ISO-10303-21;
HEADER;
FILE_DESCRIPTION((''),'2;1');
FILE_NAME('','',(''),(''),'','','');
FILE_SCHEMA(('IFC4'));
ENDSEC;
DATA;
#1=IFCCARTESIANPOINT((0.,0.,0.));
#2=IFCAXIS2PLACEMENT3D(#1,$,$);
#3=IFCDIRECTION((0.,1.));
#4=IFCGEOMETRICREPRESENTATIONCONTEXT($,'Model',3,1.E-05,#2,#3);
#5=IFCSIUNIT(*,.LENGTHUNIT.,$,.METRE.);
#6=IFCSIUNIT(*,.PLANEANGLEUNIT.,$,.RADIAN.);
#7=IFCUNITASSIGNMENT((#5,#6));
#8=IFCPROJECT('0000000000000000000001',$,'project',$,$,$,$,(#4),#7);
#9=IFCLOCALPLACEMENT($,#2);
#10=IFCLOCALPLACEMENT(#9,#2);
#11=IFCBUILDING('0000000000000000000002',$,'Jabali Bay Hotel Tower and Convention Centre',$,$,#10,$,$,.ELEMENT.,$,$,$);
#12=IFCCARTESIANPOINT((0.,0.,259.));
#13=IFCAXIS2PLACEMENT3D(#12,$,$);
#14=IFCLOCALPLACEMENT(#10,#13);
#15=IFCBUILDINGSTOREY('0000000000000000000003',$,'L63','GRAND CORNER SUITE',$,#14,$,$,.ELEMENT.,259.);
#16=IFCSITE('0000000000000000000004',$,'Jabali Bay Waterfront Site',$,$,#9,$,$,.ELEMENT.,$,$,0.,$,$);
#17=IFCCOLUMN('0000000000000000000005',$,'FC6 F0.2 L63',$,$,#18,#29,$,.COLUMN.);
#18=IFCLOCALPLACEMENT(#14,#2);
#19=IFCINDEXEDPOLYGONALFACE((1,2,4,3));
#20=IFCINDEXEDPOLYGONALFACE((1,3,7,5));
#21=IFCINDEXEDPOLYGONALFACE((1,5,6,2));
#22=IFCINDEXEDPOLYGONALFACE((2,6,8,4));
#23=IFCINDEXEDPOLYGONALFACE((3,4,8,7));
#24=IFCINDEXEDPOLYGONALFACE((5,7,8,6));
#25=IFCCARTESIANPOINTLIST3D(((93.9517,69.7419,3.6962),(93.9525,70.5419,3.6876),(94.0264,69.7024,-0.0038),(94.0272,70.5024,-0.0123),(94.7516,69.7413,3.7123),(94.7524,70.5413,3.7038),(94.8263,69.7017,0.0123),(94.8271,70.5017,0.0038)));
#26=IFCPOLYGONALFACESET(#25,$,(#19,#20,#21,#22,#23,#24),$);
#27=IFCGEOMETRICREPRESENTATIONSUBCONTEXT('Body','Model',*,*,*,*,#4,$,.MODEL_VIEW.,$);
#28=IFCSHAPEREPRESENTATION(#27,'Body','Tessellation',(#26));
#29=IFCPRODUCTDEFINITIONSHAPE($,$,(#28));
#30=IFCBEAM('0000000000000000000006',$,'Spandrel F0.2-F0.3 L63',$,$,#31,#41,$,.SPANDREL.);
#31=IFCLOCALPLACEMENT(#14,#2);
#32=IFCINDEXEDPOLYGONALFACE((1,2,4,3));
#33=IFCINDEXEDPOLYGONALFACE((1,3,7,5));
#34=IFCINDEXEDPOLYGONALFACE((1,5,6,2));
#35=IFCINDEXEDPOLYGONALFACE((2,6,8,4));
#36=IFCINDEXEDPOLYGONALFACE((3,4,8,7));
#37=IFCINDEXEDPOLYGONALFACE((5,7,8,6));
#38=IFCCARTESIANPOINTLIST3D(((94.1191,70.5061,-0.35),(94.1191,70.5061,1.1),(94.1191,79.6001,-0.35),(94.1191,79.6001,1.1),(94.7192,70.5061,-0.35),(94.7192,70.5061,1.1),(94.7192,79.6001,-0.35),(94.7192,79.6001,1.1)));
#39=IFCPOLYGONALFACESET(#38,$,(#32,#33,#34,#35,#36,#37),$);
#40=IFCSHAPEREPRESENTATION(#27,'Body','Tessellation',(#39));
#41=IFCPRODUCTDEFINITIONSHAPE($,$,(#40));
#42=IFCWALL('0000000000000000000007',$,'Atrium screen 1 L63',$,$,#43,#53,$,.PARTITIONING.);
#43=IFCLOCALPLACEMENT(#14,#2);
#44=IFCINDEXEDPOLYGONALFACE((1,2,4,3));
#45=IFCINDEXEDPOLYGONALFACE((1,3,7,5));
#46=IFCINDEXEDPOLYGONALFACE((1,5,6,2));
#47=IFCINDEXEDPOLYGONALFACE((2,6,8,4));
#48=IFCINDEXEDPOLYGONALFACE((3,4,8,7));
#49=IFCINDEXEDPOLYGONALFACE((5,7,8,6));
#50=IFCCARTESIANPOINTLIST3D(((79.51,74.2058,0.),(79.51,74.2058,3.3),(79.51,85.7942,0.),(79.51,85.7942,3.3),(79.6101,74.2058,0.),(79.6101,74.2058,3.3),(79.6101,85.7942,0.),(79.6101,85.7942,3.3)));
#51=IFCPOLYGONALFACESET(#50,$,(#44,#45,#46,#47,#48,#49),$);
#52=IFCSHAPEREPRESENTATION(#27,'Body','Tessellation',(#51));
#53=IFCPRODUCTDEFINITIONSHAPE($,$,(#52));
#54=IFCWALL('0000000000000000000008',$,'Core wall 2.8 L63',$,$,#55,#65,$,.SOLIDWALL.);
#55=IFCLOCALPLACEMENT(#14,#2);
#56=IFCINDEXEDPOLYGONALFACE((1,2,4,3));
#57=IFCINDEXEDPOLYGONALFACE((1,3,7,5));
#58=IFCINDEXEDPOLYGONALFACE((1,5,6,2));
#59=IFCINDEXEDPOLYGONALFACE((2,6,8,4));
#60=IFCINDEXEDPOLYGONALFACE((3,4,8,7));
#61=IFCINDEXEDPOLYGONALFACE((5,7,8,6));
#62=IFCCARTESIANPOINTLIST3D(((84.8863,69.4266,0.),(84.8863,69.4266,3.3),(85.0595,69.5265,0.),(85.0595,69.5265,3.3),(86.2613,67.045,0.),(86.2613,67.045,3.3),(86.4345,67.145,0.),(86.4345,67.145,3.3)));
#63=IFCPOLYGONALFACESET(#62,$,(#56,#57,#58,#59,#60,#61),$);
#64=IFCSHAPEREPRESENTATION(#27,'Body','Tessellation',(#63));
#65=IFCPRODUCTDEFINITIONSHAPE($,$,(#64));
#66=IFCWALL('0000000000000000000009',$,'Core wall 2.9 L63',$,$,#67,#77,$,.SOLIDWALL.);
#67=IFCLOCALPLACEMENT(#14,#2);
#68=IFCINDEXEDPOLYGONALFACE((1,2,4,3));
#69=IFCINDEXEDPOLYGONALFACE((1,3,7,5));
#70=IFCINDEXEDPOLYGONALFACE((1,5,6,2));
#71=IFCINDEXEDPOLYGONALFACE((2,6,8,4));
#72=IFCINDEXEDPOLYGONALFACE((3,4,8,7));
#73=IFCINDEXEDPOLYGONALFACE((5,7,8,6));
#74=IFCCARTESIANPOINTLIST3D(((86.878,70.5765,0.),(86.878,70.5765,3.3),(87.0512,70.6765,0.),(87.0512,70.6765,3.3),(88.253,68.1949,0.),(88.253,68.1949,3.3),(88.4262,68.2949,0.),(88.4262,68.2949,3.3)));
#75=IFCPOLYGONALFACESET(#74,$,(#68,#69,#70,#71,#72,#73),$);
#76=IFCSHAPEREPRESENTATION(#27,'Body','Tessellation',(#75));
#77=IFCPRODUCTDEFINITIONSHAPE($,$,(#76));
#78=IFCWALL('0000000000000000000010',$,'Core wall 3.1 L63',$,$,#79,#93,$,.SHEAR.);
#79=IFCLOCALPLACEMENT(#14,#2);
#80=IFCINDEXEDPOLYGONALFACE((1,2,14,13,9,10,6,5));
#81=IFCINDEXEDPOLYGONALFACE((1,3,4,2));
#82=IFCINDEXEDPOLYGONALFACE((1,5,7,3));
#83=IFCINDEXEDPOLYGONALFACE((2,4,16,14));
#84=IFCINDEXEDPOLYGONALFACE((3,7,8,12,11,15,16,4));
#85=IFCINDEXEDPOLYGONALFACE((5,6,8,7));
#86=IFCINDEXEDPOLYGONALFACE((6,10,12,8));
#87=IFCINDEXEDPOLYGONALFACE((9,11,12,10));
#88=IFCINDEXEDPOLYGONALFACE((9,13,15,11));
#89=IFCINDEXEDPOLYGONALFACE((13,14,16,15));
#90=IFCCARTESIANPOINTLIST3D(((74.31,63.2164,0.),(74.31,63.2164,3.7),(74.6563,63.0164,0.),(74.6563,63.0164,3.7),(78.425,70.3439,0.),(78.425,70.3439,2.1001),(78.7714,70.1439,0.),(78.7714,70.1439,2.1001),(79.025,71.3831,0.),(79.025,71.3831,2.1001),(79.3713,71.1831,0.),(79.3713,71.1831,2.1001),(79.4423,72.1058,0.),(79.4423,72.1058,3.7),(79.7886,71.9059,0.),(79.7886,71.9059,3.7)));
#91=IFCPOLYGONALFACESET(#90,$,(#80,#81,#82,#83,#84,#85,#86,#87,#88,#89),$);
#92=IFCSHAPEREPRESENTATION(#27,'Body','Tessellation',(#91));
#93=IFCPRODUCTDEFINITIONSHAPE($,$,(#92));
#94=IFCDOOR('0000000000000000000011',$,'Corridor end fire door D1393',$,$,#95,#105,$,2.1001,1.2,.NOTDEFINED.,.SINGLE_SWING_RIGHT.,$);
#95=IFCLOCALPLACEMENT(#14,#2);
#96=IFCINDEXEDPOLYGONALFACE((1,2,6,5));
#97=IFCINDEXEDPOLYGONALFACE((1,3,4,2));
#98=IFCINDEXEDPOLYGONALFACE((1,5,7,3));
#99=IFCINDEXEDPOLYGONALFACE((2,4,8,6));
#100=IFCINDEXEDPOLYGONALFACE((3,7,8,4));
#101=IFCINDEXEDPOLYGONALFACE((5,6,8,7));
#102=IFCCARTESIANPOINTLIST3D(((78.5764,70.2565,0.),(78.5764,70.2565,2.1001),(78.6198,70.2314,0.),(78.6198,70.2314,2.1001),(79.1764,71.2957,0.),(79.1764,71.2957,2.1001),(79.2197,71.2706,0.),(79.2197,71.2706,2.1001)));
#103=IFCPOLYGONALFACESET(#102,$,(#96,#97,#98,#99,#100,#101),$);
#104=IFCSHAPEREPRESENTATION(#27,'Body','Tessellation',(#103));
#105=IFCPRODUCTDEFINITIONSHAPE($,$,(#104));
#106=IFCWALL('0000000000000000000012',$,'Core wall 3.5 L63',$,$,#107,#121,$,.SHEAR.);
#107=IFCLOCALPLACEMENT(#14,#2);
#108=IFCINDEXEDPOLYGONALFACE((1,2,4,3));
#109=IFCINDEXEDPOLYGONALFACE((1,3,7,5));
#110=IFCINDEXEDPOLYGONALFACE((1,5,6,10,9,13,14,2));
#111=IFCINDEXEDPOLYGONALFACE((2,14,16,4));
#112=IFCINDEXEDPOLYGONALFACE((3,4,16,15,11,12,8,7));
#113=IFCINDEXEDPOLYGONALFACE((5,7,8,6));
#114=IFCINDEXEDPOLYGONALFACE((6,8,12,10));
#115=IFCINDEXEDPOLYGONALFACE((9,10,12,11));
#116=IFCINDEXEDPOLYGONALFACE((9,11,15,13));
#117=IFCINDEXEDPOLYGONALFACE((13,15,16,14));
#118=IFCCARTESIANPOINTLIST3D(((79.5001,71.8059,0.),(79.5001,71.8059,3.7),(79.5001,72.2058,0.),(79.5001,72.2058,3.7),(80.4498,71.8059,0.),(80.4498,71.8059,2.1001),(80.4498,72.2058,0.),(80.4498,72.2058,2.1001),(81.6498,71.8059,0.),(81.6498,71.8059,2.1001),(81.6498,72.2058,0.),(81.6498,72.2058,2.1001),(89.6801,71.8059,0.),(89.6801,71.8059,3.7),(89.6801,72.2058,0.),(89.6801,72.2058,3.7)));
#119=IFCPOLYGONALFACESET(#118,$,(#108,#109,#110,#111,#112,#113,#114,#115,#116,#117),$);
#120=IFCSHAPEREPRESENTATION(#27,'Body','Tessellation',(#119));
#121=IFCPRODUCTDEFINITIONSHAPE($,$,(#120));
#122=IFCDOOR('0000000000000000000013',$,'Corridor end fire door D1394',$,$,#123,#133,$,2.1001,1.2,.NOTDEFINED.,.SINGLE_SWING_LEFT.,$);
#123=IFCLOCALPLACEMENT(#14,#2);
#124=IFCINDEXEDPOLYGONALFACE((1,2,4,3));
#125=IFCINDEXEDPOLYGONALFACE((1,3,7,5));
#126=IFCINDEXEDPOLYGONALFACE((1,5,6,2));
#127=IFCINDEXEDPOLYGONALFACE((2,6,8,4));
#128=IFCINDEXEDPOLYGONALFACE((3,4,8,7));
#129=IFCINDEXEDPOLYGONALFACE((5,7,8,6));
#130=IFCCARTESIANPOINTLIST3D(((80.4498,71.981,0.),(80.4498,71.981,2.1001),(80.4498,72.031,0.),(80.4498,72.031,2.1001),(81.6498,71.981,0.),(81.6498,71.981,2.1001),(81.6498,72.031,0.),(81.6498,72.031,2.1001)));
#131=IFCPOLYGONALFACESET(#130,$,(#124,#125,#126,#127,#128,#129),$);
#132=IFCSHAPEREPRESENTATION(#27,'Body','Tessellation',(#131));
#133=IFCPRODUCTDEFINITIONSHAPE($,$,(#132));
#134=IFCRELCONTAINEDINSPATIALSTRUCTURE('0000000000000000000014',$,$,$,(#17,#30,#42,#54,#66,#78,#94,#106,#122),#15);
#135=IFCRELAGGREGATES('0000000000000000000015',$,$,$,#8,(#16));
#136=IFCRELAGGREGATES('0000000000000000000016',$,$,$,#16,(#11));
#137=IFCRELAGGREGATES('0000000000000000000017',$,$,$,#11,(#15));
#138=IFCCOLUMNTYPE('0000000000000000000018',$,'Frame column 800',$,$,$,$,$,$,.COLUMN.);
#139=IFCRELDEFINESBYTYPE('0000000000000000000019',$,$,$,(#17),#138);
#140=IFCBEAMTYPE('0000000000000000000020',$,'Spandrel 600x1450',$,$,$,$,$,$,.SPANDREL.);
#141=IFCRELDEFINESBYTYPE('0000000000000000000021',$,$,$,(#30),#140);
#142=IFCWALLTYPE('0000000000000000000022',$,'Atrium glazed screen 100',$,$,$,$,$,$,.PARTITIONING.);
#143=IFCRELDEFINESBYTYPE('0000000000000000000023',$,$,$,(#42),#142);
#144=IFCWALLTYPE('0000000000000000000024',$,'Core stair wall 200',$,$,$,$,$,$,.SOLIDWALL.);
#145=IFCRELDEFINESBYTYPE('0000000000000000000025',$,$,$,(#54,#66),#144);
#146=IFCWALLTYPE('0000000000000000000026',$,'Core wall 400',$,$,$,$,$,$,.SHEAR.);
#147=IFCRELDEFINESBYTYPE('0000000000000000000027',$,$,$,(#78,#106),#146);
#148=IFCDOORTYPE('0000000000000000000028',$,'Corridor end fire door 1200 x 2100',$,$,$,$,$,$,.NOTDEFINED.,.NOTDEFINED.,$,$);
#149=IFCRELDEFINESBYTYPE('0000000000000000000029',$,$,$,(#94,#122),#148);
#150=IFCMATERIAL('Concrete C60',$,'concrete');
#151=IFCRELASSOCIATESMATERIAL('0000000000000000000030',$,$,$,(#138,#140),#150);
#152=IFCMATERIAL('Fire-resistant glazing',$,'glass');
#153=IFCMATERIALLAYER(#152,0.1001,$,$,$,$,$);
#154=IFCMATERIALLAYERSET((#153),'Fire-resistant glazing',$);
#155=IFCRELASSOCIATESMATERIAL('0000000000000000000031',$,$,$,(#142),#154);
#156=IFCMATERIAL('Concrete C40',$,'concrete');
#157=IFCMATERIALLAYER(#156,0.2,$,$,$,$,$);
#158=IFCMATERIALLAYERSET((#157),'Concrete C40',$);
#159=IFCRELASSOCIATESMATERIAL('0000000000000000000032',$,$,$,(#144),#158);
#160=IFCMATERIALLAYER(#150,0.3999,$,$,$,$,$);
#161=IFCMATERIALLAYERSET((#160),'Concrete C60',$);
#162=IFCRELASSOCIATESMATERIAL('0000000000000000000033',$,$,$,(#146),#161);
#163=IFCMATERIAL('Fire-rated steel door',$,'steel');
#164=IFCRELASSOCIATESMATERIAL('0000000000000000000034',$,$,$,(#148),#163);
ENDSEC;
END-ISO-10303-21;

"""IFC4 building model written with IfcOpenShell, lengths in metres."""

from ifc_helpers import new_model, si_unit, direction, frame, frame_2d, origin, origin_2d, place, context, subcontext, project, spatial, rectangle, extrude, material, layer, layer_set, material_profile, profile_set, type_object, element, fill, save


model = new_model("IFC4")

# Units and contexts
model_context = context("Model", 3, precision=1e-05, world=origin(), true_north=direction((0.0, 1.0)))
body_context = subcontext(model_context, "Body", "Model", "MODEL_VIEW")
ifc_project = project(units=[si_unit("LENGTHUNIT", "METRE"), si_unit("PLANEANGLEUNIT", "RADIAN")], contexts=[model_context])

# Site, building, storey
site_placement = place(None, origin())
site = spatial("IfcSite", under=ifc_project, at=site_placement, Name="Jabali Bay Waterfront Site", CompositionType="ELEMENT", RefElevation=0.0)
building_placement = place(site_placement, origin())
building = spatial("IfcBuilding", under=site, at=building_placement, Name="Jabali Bay Hotel Tower and Convention Centre", CompositionType="ELEMENT")
storey_placement = place(building_placement, frame((0.0, 0.0, 259.0)))
storey = spatial("IfcBuildingStorey", under=building, at=storey_placement, Name="L63", Description="GRAND CORNER SUITE", CompositionType="ELEMENT", Elevation=259.0)

# Column
ifc_material_1 = material(Name="Concrete C60", Category="concrete")
ifc_material_profile_1 = material_profile(ifc_material_1, rectangle(XDim=0.8, YDim=0.8, at=origin_2d()), Name="Frame column 800")
ifc_profile_set_1 = profile_set([ifc_material_profile_1], Name="Concrete C60")
column_type = type_object("IfcColumnType", Name="Frame column 800", PredefinedType="COLUMN", material=ifc_profile_set_1)
column_placement = place(storey_placement, frame((94.4268, 70.1021, 0.0), z_axis=(-0.020186, 0.010687, 0.999739), x_axis=(-0.001013, -0.999943, 0.010668)))
element("IfcColumn", 1, at=column_placement, inside=storey, type_object=column_type, Name="FC6 F0.2 L63", PredefinedType="COLUMN", context=body_context, shape_type="SweptSolid", body=[
    extrude(rectangle(XDim=0.8, YDim=0.8, at=origin_2d()), origin(), (0.0, 0.0, 1.0), 3.7009),
])

# Beam
ifc_material_profile_2 = material_profile(ifc_material_1, rectangle(XDim=0.6001, YDim=1.45, at=origin_2d()), Name="Spandrel 600x1450")
ifc_profile_set_2 = profile_set([ifc_material_profile_2], Name="Concrete C60")
beam_type = type_object("IfcBeamType", Name="Spandrel 600x1450", PredefinedType="SPANDREL", material=ifc_profile_set_2)
beam_placement = place(storey_placement, frame((94.4192, 70.5061, 0.375), z_axis=(0.0, 1.0, 0.0), x_axis=(-1.0, 0.0, 0.0)))
element("IfcBeam", 2, at=beam_placement, inside=storey, type_object=beam_type, Name="Spandrel F0.2-F0.3 L63", PredefinedType="SPANDREL", context=body_context, shape_type="SweptSolid", body=[
    extrude(rectangle(XDim=0.6001, YDim=1.45, at=origin_2d()), origin(), (0.0, 0.0, 1.0), 9.094),
])

# Walls
ifc_material_2 = material(Name="Fire-resistant glazing", Category="glass")
ifc_layer_1 = layer(ifc_material_2, 0.1001)
ifc_layer_set_1 = layer_set([ifc_layer_1], Name="Fire-resistant glazing")
wall_type_1 = type_object("IfcWallType", Name="Atrium glazed screen 100", PredefinedType="PARTITIONING", material=ifc_layer_set_1)
wall_1_placement = place(storey_placement, frame((79.5601, 74.2058, 0.0), z_axis=(0.0, 0.0, 1.0), x_axis=(0.0, 1.0, 0.0)))
element("IfcWall", 3, at=wall_1_placement, inside=storey, type_object=wall_type_1, Name="Atrium screen 1 L63", PredefinedType="PARTITIONING", context=body_context, shape_type="SweptSolid", body=[
    extrude(rectangle(XDim=11.5884, YDim=0.1001, at=frame_2d((5.7942, 0.0))), origin(), (0.0, 0.0, 1.0), 3.3),
])
ifc_material_3 = material(Name="Concrete C40", Category="concrete")
ifc_layer_2 = layer(ifc_material_3, 0.2)
ifc_layer_set_2 = layer_set([ifc_layer_2], Name="Concrete C40")
wall_type_2 = type_object("IfcWallType", Name="Core stair wall 200", PredefinedType="SOLIDWALL", material=ifc_layer_set_2)
for number, where, z_axis, x_axis, name in (
    (4, (84.9729, 69.4766, 0.0), (0.0, 0.0, 1.0), (0.499997, -0.866027, 0.0), "Core wall 2.8 L63"),
    (5, (86.9646, 70.6265, 0.0), (0.0, 0.0, 1.0), (0.499997, -0.866027, 0.0), "Core wall 2.9 L63"),
):
    element("IfcWall", number, at=place(storey_placement, frame(where, z_axis=z_axis, x_axis=x_axis)), inside=storey, type_object=wall_type_2, Name=name, PredefinedType="SOLIDWALL", context=body_context, shape_type="SweptSolid", body=[
        extrude(rectangle(XDim=2.75, YDim=0.2, at=frame_2d((1.375, 0.0))), origin(), (0.0, 0.0, 1.0), 3.3),
    ])

# Walls, openings, doors
ifc_layer_3 = layer(ifc_material_1, 0.3999)
ifc_layer_set_3 = layer_set([ifc_layer_3], Name="Concrete C60")
wall_type_3 = type_object("IfcWallType", Name="Core wall 400", PredefinedType="SHEAR", material=ifc_layer_set_3)
wall_2_placement = place(storey_placement, frame((79.6155, 72.0059, 0.0), z_axis=(0.0, 0.0, 1.0), x_axis=(-0.500002, -0.866024, 0.0)))
wall_2 = element("IfcWall", 6, at=wall_2_placement, inside=storey, type_object=wall_type_3, Name="Core wall 3.1 L63", PredefinedType="SHEAR", context=body_context, shape_type="SweptSolid", body=[
    extrude(rectangle(XDim=10.2646, YDim=0.3999, at=frame_2d((5.1323, 0.0))), origin(), (0.0, 0.0, 1.0), 3.7),
])
opening_1_placement = place(wall_2_placement, frame((0.8345, 0.0, 0.0)))
opening_1 = element("IfcOpeningElement", 7, at=opening_1_placement, cuts=wall_2, PredefinedType="OPENING", context=body_context, shape_type="SweptSolid", body=[
    extrude(rectangle(XDim=1.2, YDim=2.1001, at=frame_2d((0.6001, 1.05))), frame((0.0, 0.2104, 0.0), z_axis=(0.0, -1.0, 0.0), x_axis=(1.0, 0.0, 0.0)), (0.0, 0.0, 1.0), 0.4209),
])
ifc_material_4 = material(Name="Fire-rated steel door", Category="steel")
door_type_1 = type_object("IfcDoorType", Name="Corridor end fire door 1200 x 2100", OperationType="NOTDEFINED", PredefinedType="NOTDEFINED", material=ifc_material_4)
door_1_placement = place(opening_1_placement, origin())
door_1 = element("IfcDoor", 8, at=door_1_placement, inside=storey, type_object=door_type_1, Name="Corridor end fire door D1393", OperationType="SINGLE_SWING_RIGHT", OverallHeight=2.1001, OverallWidth=1.2, PredefinedType="NOTDEFINED", context=body_context, shape_type="SweptSolid", body=[
    extrude(rectangle(XDim=1.2, YDim=2.1001, at=frame_2d((0.6001, 1.05))), frame((0.0, 0.0249, 0.0), z_axis=(0.0, -1.0, 0.0), x_axis=(1.0, 0.0, 0.0)), (0.0, 0.0, 1.0), 0.05),
])
fill(opening_1, door_1)
wall_3_placement = place(storey_placement, frame((89.6799, 72.0059, 0.0), z_axis=(0.0, 0.0, 1.0), x_axis=(-1.0, 0.0, 0.0)))
wall_3 = element("IfcWall", 9, at=wall_3_placement, inside=storey, type_object=wall_type_3, Name="Core wall 3.5 L63", PredefinedType="SHEAR", context=body_context, shape_type="SweptSolid", body=[
    extrude(rectangle(XDim=10.1799, YDim=0.3999, at=frame_2d((5.0898, 0.0))), origin(), (0.0, 0.0, 1.0), 3.7),
])
opening_2_placement = place(wall_3_placement, frame((8.03, 0.0, 0.0)))
opening_2 = element("IfcOpeningElement", 10, at=opening_2_placement, cuts=wall_3, PredefinedType="OPENING", context=body_context, shape_type="SweptSolid", body=[
    extrude(rectangle(XDim=1.2, YDim=2.1001, at=frame_2d((0.6001, 1.05))), frame((0.0, 0.2104, 0.0), z_axis=(0.0, -1.0, 0.0), x_axis=(1.0, 0.0, 0.0)), (0.0, 0.0, 1.0), 0.4209),
])
door_2_placement = place(opening_2_placement, origin())
door_2 = element("IfcDoor", 11, at=door_2_placement, inside=storey, type_object=door_type_1, Name="Corridor end fire door D1394", OperationType="SINGLE_SWING_LEFT", OverallHeight=2.1001, OverallWidth=1.2, PredefinedType="NOTDEFINED", context=body_context, shape_type="SweptSolid", body=[
    extrude(rectangle(XDim=1.2, YDim=2.1001, at=frame_2d((0.6001, 1.05))), frame((0.0, 0.0249, 0.0), z_axis=(0.0, -1.0, 0.0), x_axis=(1.0, 0.0, 0.0)), (0.0, 0.0, 1.0), 0.05),
])
fill(opening_2, door_2)

save(model, "model.ifc")
